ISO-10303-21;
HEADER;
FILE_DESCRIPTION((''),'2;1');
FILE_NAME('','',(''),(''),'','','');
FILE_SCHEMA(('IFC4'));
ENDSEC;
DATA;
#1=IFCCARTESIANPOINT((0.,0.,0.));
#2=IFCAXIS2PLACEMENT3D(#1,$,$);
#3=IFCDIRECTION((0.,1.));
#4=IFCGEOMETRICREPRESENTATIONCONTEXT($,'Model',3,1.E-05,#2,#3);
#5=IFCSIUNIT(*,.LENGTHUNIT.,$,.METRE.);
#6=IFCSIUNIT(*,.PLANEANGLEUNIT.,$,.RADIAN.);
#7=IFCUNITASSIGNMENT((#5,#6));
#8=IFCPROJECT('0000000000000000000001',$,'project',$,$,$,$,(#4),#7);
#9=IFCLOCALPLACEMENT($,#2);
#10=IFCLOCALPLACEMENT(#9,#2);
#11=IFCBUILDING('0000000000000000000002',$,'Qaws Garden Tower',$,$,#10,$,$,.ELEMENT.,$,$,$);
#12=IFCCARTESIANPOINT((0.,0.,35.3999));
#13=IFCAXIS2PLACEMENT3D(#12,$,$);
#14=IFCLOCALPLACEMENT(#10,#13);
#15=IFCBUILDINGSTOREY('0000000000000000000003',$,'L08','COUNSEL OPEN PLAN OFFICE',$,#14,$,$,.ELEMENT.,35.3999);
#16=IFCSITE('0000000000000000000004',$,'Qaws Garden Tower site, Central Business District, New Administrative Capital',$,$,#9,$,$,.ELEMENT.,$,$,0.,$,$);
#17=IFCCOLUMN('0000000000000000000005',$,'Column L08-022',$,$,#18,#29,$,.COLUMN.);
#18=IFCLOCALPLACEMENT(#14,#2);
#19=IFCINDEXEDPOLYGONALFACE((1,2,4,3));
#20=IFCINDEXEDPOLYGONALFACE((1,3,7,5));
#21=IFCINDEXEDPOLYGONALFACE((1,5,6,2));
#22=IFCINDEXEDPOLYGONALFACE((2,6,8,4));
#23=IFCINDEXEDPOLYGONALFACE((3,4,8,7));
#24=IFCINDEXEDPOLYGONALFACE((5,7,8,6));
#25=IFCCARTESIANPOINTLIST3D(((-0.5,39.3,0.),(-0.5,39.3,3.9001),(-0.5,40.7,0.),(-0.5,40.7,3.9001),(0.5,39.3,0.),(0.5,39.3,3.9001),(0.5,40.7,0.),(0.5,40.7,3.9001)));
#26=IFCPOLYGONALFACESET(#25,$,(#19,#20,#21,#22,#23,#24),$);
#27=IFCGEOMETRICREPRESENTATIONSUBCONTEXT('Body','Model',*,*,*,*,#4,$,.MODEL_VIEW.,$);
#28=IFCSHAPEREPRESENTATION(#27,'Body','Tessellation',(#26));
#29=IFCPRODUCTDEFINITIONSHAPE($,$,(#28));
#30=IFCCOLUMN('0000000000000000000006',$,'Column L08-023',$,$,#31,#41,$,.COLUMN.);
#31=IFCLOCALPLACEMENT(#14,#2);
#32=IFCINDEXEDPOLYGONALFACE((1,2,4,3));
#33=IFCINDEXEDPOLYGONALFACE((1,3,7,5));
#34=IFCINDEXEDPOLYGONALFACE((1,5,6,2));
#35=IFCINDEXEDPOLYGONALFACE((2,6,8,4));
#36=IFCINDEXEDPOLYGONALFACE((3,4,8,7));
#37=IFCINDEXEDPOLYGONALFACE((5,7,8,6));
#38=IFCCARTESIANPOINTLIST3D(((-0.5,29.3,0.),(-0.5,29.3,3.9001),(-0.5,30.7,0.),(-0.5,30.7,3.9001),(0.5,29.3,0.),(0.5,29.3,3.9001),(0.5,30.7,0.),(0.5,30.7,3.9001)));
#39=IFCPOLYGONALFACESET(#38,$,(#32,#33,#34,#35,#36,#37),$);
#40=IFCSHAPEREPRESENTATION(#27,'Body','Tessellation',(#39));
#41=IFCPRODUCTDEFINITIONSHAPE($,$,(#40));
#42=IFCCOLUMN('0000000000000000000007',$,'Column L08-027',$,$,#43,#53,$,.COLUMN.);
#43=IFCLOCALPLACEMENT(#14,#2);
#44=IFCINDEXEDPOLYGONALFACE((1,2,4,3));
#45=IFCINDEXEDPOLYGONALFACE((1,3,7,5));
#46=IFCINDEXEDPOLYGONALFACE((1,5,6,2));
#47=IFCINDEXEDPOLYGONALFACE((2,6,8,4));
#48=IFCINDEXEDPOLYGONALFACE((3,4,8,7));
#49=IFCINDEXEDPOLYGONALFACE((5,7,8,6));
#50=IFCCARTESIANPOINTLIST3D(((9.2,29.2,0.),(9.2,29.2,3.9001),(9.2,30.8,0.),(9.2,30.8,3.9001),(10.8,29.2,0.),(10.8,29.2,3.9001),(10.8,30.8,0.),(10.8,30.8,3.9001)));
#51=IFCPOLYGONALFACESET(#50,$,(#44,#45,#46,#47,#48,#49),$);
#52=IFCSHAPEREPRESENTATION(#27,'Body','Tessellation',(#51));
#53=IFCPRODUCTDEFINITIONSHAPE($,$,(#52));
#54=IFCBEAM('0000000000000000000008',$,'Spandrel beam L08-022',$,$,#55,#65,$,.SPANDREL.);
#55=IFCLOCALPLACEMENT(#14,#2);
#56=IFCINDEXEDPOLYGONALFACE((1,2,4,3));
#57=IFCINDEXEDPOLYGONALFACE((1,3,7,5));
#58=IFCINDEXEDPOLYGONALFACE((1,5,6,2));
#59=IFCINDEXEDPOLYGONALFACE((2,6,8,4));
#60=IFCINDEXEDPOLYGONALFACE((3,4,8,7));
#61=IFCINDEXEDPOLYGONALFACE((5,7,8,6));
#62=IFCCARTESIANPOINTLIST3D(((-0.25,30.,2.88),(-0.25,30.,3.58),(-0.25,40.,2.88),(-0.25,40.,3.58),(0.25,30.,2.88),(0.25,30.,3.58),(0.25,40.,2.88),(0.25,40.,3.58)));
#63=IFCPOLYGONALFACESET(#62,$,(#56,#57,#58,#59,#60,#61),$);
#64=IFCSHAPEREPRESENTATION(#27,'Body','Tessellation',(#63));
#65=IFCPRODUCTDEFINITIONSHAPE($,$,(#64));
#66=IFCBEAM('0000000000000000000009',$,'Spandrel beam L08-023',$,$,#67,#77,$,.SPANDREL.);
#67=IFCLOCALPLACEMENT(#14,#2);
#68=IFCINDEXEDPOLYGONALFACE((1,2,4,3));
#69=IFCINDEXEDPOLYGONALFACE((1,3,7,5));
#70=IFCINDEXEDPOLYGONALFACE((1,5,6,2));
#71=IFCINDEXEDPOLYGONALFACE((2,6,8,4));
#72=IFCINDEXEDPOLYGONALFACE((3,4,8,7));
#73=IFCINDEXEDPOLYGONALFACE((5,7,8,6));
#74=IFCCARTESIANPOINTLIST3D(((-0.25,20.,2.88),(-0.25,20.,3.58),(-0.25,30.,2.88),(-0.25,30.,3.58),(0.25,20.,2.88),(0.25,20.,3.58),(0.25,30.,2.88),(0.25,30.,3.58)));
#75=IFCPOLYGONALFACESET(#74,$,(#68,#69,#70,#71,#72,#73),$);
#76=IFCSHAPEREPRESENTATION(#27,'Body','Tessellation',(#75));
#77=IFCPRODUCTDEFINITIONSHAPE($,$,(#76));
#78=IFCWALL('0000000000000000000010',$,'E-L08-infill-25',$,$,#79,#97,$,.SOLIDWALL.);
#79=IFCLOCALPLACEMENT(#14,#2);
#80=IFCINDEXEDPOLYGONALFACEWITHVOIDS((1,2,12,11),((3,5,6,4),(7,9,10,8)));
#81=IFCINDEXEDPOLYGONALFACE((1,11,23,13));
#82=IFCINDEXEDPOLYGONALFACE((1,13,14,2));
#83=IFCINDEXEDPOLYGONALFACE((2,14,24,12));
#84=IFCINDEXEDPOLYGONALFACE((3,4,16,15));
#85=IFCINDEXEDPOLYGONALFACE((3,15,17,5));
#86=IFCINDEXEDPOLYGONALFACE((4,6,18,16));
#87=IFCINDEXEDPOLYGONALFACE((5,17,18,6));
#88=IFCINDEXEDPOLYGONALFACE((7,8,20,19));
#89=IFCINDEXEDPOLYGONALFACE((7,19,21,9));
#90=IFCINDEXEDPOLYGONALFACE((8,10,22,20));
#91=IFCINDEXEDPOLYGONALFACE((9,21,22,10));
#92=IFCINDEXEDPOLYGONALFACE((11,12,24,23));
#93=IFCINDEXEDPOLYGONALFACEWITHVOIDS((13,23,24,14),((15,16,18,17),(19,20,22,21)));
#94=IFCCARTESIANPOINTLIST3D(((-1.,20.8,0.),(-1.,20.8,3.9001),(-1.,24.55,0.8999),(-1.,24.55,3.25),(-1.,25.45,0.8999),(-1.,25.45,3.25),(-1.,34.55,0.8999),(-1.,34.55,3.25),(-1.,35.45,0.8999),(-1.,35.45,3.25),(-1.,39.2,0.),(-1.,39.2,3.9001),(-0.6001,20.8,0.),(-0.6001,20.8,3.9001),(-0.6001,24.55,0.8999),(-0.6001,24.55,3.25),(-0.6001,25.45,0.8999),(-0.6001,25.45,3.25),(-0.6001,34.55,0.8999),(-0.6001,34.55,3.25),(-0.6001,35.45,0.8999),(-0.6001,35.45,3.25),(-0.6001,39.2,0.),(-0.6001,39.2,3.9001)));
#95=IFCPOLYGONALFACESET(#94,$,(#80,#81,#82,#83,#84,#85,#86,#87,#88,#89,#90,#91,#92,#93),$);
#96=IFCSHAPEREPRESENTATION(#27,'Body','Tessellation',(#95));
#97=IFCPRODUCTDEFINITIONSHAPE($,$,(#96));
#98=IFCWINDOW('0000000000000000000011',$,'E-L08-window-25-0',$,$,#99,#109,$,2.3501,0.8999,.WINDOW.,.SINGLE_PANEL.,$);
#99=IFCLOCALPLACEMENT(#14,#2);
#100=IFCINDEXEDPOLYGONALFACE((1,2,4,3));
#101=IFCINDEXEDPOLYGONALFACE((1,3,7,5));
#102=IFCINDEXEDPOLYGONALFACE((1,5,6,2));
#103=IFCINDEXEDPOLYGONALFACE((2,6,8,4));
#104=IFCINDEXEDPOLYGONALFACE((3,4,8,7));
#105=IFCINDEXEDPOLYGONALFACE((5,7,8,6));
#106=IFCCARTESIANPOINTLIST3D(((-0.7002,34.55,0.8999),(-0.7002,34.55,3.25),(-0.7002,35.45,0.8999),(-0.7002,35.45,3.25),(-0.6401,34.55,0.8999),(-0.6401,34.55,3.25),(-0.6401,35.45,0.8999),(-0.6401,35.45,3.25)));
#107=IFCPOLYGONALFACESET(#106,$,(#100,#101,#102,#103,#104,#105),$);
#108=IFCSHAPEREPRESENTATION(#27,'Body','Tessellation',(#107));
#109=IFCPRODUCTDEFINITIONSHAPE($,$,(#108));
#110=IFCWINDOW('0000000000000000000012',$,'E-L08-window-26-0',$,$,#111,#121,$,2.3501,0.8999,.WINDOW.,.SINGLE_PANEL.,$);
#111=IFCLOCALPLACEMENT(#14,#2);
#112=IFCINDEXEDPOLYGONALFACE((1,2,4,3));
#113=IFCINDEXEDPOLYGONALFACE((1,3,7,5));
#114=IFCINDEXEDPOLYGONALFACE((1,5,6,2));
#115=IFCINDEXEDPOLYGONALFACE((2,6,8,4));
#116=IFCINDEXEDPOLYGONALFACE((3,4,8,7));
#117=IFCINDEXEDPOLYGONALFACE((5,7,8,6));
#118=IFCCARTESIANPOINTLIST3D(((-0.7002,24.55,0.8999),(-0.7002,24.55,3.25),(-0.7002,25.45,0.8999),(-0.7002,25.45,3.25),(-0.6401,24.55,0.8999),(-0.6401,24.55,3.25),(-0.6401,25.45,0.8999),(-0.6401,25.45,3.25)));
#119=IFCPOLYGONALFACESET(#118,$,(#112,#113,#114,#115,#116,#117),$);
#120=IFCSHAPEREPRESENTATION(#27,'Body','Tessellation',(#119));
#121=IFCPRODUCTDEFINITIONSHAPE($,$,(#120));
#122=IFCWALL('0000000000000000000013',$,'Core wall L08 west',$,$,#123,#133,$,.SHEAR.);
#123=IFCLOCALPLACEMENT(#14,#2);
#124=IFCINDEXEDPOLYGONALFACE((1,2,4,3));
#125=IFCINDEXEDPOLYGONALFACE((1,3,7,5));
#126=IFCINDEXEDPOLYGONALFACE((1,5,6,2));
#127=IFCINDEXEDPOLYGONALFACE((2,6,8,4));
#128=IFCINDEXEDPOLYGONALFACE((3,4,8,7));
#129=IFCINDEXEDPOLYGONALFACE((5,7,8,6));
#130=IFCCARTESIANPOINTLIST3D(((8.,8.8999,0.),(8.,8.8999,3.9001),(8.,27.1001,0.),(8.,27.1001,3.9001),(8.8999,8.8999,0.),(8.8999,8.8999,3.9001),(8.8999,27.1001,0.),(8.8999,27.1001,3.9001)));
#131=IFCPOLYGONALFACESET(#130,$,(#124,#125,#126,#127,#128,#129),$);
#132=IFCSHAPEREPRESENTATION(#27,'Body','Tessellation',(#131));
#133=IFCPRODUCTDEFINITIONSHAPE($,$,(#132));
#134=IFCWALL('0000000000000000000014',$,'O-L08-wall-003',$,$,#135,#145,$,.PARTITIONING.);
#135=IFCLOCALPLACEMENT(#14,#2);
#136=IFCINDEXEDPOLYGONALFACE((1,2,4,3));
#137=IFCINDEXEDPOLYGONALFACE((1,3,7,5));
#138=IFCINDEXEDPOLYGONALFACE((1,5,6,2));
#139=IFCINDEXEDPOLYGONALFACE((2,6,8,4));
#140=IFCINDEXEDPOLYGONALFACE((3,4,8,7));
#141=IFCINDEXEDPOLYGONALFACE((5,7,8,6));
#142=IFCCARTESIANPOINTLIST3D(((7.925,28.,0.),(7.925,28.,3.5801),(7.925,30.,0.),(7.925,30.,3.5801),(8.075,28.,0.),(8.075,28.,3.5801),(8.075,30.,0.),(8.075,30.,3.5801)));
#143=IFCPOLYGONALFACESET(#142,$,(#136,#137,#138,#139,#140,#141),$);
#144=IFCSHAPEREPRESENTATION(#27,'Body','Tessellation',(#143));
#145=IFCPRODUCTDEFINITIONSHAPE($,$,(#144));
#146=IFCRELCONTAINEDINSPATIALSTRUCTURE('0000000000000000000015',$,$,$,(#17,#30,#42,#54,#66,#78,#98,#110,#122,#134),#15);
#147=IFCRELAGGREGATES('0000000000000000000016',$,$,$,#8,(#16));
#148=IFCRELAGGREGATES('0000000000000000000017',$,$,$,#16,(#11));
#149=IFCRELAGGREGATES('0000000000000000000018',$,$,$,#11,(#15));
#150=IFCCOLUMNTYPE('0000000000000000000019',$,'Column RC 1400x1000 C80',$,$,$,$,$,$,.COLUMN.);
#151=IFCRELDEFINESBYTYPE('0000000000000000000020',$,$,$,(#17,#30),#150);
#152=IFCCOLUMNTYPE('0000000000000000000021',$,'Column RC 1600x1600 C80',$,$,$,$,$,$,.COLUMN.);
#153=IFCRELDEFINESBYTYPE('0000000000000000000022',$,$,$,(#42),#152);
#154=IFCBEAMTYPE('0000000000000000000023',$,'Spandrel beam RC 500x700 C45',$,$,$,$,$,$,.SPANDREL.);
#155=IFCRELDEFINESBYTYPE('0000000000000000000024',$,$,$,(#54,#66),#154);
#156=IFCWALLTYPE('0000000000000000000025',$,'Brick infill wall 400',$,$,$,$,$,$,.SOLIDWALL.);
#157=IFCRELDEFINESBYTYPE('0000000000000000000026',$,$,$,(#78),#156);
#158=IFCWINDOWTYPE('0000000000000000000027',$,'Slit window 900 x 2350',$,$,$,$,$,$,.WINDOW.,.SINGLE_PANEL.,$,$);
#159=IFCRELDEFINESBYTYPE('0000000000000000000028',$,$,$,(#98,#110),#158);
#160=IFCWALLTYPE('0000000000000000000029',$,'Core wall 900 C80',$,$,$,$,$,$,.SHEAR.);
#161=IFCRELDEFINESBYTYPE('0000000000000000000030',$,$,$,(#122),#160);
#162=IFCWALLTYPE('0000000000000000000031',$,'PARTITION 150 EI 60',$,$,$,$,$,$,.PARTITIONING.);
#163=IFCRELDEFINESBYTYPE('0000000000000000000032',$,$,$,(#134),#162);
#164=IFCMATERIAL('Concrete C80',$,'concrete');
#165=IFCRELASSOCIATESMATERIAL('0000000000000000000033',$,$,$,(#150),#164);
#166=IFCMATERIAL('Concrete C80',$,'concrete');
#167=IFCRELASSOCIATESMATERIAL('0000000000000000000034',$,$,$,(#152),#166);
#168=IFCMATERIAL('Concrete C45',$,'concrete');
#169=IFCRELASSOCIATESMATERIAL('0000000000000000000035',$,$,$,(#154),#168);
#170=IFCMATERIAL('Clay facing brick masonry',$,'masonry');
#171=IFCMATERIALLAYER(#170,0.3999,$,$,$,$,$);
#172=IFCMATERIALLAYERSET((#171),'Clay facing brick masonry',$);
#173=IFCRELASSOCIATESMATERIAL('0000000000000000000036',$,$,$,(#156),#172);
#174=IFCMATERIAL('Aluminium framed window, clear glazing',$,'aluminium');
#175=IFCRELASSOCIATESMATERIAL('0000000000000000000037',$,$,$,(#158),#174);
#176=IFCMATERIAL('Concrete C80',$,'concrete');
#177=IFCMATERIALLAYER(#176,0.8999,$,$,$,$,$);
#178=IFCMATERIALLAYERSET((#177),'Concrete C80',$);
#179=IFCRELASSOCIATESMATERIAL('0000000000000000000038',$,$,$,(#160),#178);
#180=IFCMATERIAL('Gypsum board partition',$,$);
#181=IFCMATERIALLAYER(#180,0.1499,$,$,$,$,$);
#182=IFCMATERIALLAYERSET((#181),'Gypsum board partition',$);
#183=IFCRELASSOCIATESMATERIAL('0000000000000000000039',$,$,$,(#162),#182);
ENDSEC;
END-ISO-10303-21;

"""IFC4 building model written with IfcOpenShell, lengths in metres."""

from ifc_helpers import new_model, si_unit, direction, frame, frame_2d, origin, origin_2d, place, context, subcontext, project, spatial, rectangle, extrude, material, layer, layer_set, material_profile, profile_set, type_object, element, fill, save


model = new_model("IFC4")

# Units and contexts
model_context = context("Model", 3, precision=1e-05, world=origin(), true_north=direction((0.0, 1.0)))
body_context = subcontext(model_context, "Body", "Model", "MODEL_VIEW")
ifc_project = project(units=[si_unit("LENGTHUNIT", "METRE"), si_unit("PLANEANGLEUNIT", "RADIAN")], contexts=[model_context])

# Site, building, storey
site_placement = place(None, origin())
site = spatial("IfcSite", under=ifc_project, at=site_placement, Name="Qaws Garden Tower site, Central Business District, New Administrative Capital", CompositionType="ELEMENT", RefElevation=0.0)
building_placement = place(site_placement, origin())
building = spatial("IfcBuilding", under=site, at=building_placement, Name="Qaws Garden Tower", CompositionType="ELEMENT")
storey_placement = place(building_placement, frame((0.0, 0.0, 35.3999)))
storey = spatial("IfcBuildingStorey", under=building, at=storey_placement, Name="L08", Description="COUNSEL OPEN PLAN OFFICE", CompositionType="ELEMENT", Elevation=35.3999)

# Columns
ifc_material_1 = material(Name="Concrete C80", Category="concrete")
ifc_material_profile_1 = material_profile(ifc_material_1, rectangle(XDim=1.3999, YDim=1.0, at=origin_2d()), Name="RC 1400x1000")
ifc_profile_set_1 = profile_set([ifc_material_profile_1], Name="Concrete C80")
column_type_1 = type_object("IfcColumnType", Name="Column RC 1400x1000 C80", PredefinedType="COLUMN", material=ifc_profile_set_1)
for number, where, z_axis, x_axis, name in (
    (1, (0.0, 40.0, 0.0), (0.0, 0.0, 1.0), (0.0, 1.0, 0.0), "Column L08-022"),
    (2, (0.0, 30.0, 0.0), (0.0, 0.0, 1.0), (0.0, 1.0, 0.0), "Column L08-023"),
):
    element("IfcColumn", number, at=place(storey_placement, frame(where, z_axis=z_axis, x_axis=x_axis)), inside=storey, type_object=column_type_1, Name=name, PredefinedType="COLUMN", context=body_context, shape_type="SweptSolid", body=[
        extrude(rectangle(XDim=1.3999, YDim=1.0, at=origin_2d()), origin(), (0.0, 0.0, 1.0), 3.9001),
    ])
ifc_material_2 = material(Name="Concrete C80", Category="concrete")
ifc_material_profile_2 = material_profile(ifc_material_2, rectangle(XDim=1.6001, YDim=1.6001, at=origin_2d()), Name="RC 1600x1600")
ifc_profile_set_2 = profile_set([ifc_material_profile_2], Name="Concrete C80")
column_type_2 = type_object("IfcColumnType", Name="Column RC 1600x1600 C80", PredefinedType="COLUMN", material=ifc_profile_set_2)
column_placement = place(storey_placement, frame((10.0, 30.0, 0.0), z_axis=(0.0, 0.0, 1.0), x_axis=(1.0, 0.0, 0.0)))
element("IfcColumn", 3, at=column_placement, inside=storey, type_object=column_type_2, Name="Column L08-027", PredefinedType="COLUMN", context=body_context, shape_type="SweptSolid", body=[
    extrude(rectangle(XDim=1.6001, YDim=1.6001, at=origin_2d()), origin(), (0.0, 0.0, 1.0), 3.9001),
])

# Beams
ifc_material_3 = material(Name="Concrete C45", Category="concrete")
ifc_material_profile_3 = material_profile(ifc_material_3, rectangle(XDim=0.5, YDim=0.7, at=origin_2d()), Name="RC 500x700")
ifc_profile_set_3 = profile_set([ifc_material_profile_3], Name="Concrete C45")
beam_type = type_object("IfcBeamType", Name="Spandrel beam RC 500x700 C45", PredefinedType="SPANDREL", material=ifc_profile_set_3)
for number, where, z_axis, x_axis, name in (
    (4, (0.0, 40.0, 3.23), (0.0, -1.0, 0.0), (1.0, 0.0, 0.0), "Spandrel beam L08-022"),
    (5, (0.0, 30.0, 3.23), (0.0, -1.0, 0.0), (1.0, 0.0, 0.0), "Spandrel beam L08-023"),
):
    element("IfcBeam", number, at=place(storey_placement, frame(where, z_axis=z_axis, x_axis=x_axis)), inside=storey, type_object=beam_type, Name=name, PredefinedType="SPANDREL", context=body_context, shape_type="SweptSolid", body=[
        extrude(rectangle(XDim=0.5, YDim=0.7, at=origin_2d()), origin(), (0.0, 0.0, 1.0), 10.0),
    ])

# Wall, openings, windows
ifc_material_4 = material(Name="Clay facing brick masonry", Category="masonry")
ifc_layer_1 = layer(ifc_material_4, 0.3999)
ifc_layer_set_1 = layer_set([ifc_layer_1], Name="Clay facing brick masonry")
wall_type_1 = type_object("IfcWallType", Name="Brick infill wall 400", PredefinedType="SOLIDWALL", material=ifc_layer_set_1)
wall_1_placement = place(storey_placement, frame((-0.8, 39.2, 0.0), z_axis=(0.0, 0.0, 1.0), x_axis=(0.0, -1.0, 0.0)))
wall_1 = element("IfcWall", 6, at=wall_1_placement, inside=storey, type_object=wall_type_1, Name="E-L08-infill-25", PredefinedType="SOLIDWALL", context=body_context, shape_type="SweptSolid", body=[
    extrude(rectangle(XDim=18.3999, YDim=0.3999, at=frame_2d((9.2, 0.0))), origin(), (0.0, 0.0, 1.0), 3.9001),
])
opening_1_placement = place(wall_1_placement, frame((3.75, 0.0, 0.8999)))
opening_1 = element("IfcOpeningElement", 7, at=opening_1_placement, cuts=wall_1, PredefinedType="OPENING", context=body_context, shape_type="SweptSolid", body=[
    extrude(rectangle(XDim=0.8999, YDim=2.3501, at=frame_2d((0.45, 1.175))), frame((0.0, 0.21, 0.0), z_axis=(0.0, -1.0, 0.0), x_axis=(1.0, 0.0, 0.0)), (0.0, 0.0, 1.0), 0.4199),
])
opening_2_placement = place(wall_1_placement, frame((13.75, 0.0, 0.8999)))
opening_2 = element("IfcOpeningElement", 8, at=opening_2_placement, cuts=wall_1, PredefinedType="OPENING", context=body_context, shape_type="SweptSolid", body=[
    extrude(rectangle(XDim=0.8999, YDim=2.3501, at=frame_2d((0.45, 1.175))), frame((0.0, 0.21, 0.0), z_axis=(0.0, -1.0, 0.0), x_axis=(1.0, 0.0, 0.0)), (0.0, 0.0, 1.0), 0.4199),
])
ifc_material_5 = material(Name="Aluminium framed window, clear glazing", Category="aluminium")
window_type = type_object("IfcWindowType", Name="Slit window 900 x 2350", PartitioningType="SINGLE_PANEL", PredefinedType="WINDOW", material=ifc_material_5)
window_1_placement = place(opening_1_placement, origin())
window_1 = element("IfcWindow", 9, at=window_1_placement, inside=storey, type_object=window_type, Name="E-L08-window-25-0", OverallHeight=2.3501, OverallWidth=0.8999, PartitioningType="SINGLE_PANEL", PredefinedType="WINDOW", context=body_context, shape_type="SweptSolid", body=[
    extrude(rectangle(XDim=0.8999, YDim=2.3501, at=frame_2d((0.45, 1.175))), frame((0.0, 0.1599, 0.0), z_axis=(0.0, -1.0, 0.0), x_axis=(1.0, 0.0, 0.0)), (0.0, 0.0, 1.0), 0.0601),
])
fill(opening_1, window_1)
window_2_placement = place(opening_2_placement, origin())
window_2 = element("IfcWindow", 10, at=window_2_placement, inside=storey, type_object=window_type, Name="E-L08-window-26-0", OverallHeight=2.3501, OverallWidth=0.8999, PartitioningType="SINGLE_PANEL", PredefinedType="WINDOW", context=body_context, shape_type="SweptSolid", body=[
    extrude(rectangle(XDim=0.8999, YDim=2.3501, at=frame_2d((0.45, 1.175))), frame((0.0, 0.1599, 0.0), z_axis=(0.0, -1.0, 0.0), x_axis=(1.0, 0.0, 0.0)), (0.0, 0.0, 1.0), 0.0601),
])
fill(opening_2, window_2)

# Walls
ifc_material_6 = material(Name="Concrete C80", Category="concrete")
ifc_layer_2 = layer(ifc_material_6, 0.8999)
ifc_layer_set_2 = layer_set([ifc_layer_2], Name="Concrete C80")
wall_type_2 = type_object("IfcWallType", Name="Core wall 900 C80", PredefinedType="SHEAR", material=ifc_layer_set_2)
wall_2_placement = place(storey_placement, frame((8.45, 27.1001, 0.0), z_axis=(0.0, 0.0, 1.0), x_axis=(0.0, -1.0, 0.0)))
element("IfcWall", 11, at=wall_2_placement, inside=storey, type_object=wall_type_2, Name="Core wall L08 west", PredefinedType="SHEAR", context=body_context, shape_type="SweptSolid", body=[
    extrude(rectangle(XDim=18.2002, YDim=0.8999, at=frame_2d((9.1001, 0.0))), origin(), (0.0, 0.0, 1.0), 3.9001),
])
ifc_material_7 = material(Name="Gypsum board partition")
ifc_layer_3 = layer(ifc_material_7, 0.1499)
ifc_layer_set_3 = layer_set([ifc_layer_3], Name="Gypsum board partition")
wall_type_3 = type_object("IfcWallType", Name="PARTITION 150 EI 60", PredefinedType="PARTITIONING", material=ifc_layer_set_3)
wall_3_placement = place(storey_placement, frame((8.0, 28.0, 0.0), z_axis=(0.0, 0.0, 1.0), x_axis=(0.0, 1.0, 0.0)))
element("IfcWall", 12, at=wall_3_placement, inside=storey, type_object=wall_type_3, Name="O-L08-wall-003", PredefinedType="PARTITIONING", context=body_context, shape_type="SweptSolid", body=[
    extrude(rectangle(XDim=2.0, YDim=0.1499, at=frame_2d((1.0, 0.0))), origin(), (0.0, 0.0, 1.0), 3.5801),
])

save(model, "model.ifc")
